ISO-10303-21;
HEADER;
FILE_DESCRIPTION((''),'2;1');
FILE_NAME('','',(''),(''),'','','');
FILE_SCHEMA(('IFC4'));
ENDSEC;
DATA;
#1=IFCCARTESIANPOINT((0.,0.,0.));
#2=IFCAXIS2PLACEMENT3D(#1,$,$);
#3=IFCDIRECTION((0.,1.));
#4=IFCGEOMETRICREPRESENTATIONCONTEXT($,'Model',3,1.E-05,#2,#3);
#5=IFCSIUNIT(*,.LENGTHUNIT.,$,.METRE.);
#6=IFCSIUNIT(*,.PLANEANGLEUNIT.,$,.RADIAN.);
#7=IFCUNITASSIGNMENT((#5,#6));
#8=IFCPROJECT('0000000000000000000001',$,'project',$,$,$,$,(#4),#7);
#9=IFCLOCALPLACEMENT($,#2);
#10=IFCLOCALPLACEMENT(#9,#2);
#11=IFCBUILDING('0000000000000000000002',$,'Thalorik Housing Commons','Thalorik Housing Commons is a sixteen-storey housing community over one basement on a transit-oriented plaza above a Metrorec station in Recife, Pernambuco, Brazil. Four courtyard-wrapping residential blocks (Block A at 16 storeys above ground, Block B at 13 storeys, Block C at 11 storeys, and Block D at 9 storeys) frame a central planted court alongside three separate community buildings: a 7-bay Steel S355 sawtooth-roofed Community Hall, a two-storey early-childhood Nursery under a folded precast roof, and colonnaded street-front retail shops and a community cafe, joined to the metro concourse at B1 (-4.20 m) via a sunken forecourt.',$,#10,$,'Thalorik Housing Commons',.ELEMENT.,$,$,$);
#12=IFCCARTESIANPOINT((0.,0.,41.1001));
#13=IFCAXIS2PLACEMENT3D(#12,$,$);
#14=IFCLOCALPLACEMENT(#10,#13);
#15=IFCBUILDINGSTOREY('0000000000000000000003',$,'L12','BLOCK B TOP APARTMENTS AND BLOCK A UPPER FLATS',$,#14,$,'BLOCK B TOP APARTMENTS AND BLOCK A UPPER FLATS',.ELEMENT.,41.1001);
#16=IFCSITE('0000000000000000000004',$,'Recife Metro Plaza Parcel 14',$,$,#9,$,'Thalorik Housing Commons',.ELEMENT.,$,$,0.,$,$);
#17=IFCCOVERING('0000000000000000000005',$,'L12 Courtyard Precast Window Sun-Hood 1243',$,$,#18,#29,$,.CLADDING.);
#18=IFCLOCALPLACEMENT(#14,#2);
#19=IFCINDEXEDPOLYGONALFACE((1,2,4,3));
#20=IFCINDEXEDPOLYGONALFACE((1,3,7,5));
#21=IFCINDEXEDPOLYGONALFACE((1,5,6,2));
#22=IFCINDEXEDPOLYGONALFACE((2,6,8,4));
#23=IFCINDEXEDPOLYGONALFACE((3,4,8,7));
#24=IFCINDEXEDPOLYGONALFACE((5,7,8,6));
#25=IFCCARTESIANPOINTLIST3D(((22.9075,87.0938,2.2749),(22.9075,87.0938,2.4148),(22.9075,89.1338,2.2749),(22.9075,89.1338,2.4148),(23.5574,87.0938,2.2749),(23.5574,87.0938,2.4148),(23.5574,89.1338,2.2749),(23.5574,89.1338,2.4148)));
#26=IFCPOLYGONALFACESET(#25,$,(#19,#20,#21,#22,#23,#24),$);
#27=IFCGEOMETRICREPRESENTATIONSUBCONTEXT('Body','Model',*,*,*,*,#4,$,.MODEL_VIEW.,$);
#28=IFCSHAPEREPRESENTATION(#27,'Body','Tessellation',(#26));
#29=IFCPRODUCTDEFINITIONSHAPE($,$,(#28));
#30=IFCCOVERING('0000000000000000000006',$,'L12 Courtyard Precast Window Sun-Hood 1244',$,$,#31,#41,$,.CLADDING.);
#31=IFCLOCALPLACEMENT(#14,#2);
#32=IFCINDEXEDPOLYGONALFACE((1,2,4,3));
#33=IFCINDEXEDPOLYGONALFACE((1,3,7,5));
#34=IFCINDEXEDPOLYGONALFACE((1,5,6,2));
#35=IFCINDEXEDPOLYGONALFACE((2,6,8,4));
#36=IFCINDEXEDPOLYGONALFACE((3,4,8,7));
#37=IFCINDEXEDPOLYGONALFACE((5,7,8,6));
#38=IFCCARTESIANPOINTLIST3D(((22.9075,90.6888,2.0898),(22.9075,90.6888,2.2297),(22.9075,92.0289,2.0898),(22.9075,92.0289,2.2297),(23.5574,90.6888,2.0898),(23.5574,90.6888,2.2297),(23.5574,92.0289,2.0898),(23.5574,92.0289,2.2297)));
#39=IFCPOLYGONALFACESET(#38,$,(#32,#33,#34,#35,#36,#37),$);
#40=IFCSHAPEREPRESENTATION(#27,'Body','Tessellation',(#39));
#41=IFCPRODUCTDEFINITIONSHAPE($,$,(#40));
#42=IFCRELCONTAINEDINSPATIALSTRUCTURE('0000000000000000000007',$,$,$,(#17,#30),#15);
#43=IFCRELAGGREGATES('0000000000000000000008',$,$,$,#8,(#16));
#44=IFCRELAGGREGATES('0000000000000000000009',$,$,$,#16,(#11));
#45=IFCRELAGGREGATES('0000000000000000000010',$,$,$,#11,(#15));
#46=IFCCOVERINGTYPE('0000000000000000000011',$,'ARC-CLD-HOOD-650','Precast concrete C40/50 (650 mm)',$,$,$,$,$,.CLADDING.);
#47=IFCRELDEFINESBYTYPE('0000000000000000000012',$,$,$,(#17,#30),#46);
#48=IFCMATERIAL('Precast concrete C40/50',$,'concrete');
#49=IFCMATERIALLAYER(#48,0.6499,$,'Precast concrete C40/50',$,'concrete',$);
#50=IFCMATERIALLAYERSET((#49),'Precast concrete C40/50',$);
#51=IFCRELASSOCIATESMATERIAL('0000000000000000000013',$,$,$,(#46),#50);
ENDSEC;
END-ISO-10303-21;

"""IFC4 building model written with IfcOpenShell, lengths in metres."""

from ifc_helpers import new_model, si_unit, direction, frame, origin, origin_2d, place, context, subcontext, project, spatial, rectangle, extrude, material, layer, layer_set, type_object, element, save


model = new_model("IFC4")

# Units and contexts
model_context = context("Model", 3, precision=1e-05, world=origin(), true_north=direction((0.0, 1.0)))
body_context = subcontext(model_context, "Body", "Model", "MODEL_VIEW")
ifc_project = project(units=[si_unit("LENGTHUNIT", "METRE"), si_unit("PLANEANGLEUNIT", "RADIAN")], contexts=[model_context])

# Site, building, storey
site_placement = place(None, origin())
site = spatial("IfcSite", under=ifc_project, at=site_placement, Name="Recife Metro Plaza Parcel 14", LongName="Thalorik Housing Commons", CompositionType="ELEMENT", RefElevation=0.0)
building_placement = place(site_placement, origin())
building = spatial("IfcBuilding", under=site, at=building_placement, Name="Thalorik Housing Commons", Description="Thalorik Housing Commons is a sixteen-storey housing community over one basement on a transit-oriented plaza above a Metrorec station in Recife, Pernambuco, Brazil. Four courtyard-wrapping residential blocks (Block A at 16 storeys above ground, Block B at 13 storeys, Block C at 11 storeys, and Block D at 9 storeys) frame a central planted court alongside three separate community buildings: a 7-bay Steel S355 sawtooth-roofed Community Hall, a two-storey early-childhood Nursery under a folded precast roof, and colonnaded street-front retail shops and a community cafe, joined to the metro concourse at B1 (-4.20 m) via a sunken forecourt.", LongName="Thalorik Housing Commons", CompositionType="ELEMENT")
storey_placement = place(building_placement, frame((0.0, 0.0, 41.1001)))
storey = spatial("IfcBuildingStorey", under=building, at=storey_placement, Name="L12", Description="BLOCK B TOP APARTMENTS AND BLOCK A UPPER FLATS", LongName="BLOCK B TOP APARTMENTS AND BLOCK A UPPER FLATS", CompositionType="ELEMENT", Elevation=41.1001)

# Shared definitions
ifc_material_1 = material(Name="Precast concrete C40/50", Category="concrete")

# Coverings
ifc_layer_1 = layer(ifc_material_1, 0.6499, Name="Precast concrete C40/50", Category="concrete")
ifc_layer_set_1 = layer_set([ifc_layer_1], Name="Precast concrete C40/50")
covering_type_1 = type_object("IfcCoveringType", Name="ARC-CLD-HOOD-650", Description="Precast concrete C40/50 (650 mm)", PredefinedType="CLADDING", material=ifc_layer_set_1)
covering_1_placement = place(storey_placement, frame((23.2324, 88.1138, 2.2749), z_axis=(0.0, 0.0, 1.0), x_axis=(0.0, 1.0, 0.0)))
element("IfcCovering", 1, at=covering_1_placement, inside=storey, type_object=covering_type_1, Name="L12 Courtyard Precast Window Sun-Hood 1243", PredefinedType="CLADDING", context=body_context, shape_type="SweptSolid", body=[
    extrude(rectangle(XDim=2.04, YDim=0.6499, at=origin_2d()), origin(), (0.0, 0.0, 1.0), 0.1399),
])
covering_2_placement = place(storey_placement, frame((23.2324, 91.3589, 2.0898), z_axis=(0.0, 0.0, 1.0), x_axis=(0.0, 1.0, 0.0)))
element("IfcCovering", 2, at=covering_2_placement, inside=storey, type_object=covering_type_1, Name="L12 Courtyard Precast Window Sun-Hood 1244", PredefinedType="CLADDING", context=body_context, shape_type="SweptSolid", body=[
    extrude(rectangle(XDim=1.3401, YDim=0.6499, at=origin_2d()), origin(), (0.0, 0.0, 1.0), 0.1399),
])

save(model, "model.ifc")
